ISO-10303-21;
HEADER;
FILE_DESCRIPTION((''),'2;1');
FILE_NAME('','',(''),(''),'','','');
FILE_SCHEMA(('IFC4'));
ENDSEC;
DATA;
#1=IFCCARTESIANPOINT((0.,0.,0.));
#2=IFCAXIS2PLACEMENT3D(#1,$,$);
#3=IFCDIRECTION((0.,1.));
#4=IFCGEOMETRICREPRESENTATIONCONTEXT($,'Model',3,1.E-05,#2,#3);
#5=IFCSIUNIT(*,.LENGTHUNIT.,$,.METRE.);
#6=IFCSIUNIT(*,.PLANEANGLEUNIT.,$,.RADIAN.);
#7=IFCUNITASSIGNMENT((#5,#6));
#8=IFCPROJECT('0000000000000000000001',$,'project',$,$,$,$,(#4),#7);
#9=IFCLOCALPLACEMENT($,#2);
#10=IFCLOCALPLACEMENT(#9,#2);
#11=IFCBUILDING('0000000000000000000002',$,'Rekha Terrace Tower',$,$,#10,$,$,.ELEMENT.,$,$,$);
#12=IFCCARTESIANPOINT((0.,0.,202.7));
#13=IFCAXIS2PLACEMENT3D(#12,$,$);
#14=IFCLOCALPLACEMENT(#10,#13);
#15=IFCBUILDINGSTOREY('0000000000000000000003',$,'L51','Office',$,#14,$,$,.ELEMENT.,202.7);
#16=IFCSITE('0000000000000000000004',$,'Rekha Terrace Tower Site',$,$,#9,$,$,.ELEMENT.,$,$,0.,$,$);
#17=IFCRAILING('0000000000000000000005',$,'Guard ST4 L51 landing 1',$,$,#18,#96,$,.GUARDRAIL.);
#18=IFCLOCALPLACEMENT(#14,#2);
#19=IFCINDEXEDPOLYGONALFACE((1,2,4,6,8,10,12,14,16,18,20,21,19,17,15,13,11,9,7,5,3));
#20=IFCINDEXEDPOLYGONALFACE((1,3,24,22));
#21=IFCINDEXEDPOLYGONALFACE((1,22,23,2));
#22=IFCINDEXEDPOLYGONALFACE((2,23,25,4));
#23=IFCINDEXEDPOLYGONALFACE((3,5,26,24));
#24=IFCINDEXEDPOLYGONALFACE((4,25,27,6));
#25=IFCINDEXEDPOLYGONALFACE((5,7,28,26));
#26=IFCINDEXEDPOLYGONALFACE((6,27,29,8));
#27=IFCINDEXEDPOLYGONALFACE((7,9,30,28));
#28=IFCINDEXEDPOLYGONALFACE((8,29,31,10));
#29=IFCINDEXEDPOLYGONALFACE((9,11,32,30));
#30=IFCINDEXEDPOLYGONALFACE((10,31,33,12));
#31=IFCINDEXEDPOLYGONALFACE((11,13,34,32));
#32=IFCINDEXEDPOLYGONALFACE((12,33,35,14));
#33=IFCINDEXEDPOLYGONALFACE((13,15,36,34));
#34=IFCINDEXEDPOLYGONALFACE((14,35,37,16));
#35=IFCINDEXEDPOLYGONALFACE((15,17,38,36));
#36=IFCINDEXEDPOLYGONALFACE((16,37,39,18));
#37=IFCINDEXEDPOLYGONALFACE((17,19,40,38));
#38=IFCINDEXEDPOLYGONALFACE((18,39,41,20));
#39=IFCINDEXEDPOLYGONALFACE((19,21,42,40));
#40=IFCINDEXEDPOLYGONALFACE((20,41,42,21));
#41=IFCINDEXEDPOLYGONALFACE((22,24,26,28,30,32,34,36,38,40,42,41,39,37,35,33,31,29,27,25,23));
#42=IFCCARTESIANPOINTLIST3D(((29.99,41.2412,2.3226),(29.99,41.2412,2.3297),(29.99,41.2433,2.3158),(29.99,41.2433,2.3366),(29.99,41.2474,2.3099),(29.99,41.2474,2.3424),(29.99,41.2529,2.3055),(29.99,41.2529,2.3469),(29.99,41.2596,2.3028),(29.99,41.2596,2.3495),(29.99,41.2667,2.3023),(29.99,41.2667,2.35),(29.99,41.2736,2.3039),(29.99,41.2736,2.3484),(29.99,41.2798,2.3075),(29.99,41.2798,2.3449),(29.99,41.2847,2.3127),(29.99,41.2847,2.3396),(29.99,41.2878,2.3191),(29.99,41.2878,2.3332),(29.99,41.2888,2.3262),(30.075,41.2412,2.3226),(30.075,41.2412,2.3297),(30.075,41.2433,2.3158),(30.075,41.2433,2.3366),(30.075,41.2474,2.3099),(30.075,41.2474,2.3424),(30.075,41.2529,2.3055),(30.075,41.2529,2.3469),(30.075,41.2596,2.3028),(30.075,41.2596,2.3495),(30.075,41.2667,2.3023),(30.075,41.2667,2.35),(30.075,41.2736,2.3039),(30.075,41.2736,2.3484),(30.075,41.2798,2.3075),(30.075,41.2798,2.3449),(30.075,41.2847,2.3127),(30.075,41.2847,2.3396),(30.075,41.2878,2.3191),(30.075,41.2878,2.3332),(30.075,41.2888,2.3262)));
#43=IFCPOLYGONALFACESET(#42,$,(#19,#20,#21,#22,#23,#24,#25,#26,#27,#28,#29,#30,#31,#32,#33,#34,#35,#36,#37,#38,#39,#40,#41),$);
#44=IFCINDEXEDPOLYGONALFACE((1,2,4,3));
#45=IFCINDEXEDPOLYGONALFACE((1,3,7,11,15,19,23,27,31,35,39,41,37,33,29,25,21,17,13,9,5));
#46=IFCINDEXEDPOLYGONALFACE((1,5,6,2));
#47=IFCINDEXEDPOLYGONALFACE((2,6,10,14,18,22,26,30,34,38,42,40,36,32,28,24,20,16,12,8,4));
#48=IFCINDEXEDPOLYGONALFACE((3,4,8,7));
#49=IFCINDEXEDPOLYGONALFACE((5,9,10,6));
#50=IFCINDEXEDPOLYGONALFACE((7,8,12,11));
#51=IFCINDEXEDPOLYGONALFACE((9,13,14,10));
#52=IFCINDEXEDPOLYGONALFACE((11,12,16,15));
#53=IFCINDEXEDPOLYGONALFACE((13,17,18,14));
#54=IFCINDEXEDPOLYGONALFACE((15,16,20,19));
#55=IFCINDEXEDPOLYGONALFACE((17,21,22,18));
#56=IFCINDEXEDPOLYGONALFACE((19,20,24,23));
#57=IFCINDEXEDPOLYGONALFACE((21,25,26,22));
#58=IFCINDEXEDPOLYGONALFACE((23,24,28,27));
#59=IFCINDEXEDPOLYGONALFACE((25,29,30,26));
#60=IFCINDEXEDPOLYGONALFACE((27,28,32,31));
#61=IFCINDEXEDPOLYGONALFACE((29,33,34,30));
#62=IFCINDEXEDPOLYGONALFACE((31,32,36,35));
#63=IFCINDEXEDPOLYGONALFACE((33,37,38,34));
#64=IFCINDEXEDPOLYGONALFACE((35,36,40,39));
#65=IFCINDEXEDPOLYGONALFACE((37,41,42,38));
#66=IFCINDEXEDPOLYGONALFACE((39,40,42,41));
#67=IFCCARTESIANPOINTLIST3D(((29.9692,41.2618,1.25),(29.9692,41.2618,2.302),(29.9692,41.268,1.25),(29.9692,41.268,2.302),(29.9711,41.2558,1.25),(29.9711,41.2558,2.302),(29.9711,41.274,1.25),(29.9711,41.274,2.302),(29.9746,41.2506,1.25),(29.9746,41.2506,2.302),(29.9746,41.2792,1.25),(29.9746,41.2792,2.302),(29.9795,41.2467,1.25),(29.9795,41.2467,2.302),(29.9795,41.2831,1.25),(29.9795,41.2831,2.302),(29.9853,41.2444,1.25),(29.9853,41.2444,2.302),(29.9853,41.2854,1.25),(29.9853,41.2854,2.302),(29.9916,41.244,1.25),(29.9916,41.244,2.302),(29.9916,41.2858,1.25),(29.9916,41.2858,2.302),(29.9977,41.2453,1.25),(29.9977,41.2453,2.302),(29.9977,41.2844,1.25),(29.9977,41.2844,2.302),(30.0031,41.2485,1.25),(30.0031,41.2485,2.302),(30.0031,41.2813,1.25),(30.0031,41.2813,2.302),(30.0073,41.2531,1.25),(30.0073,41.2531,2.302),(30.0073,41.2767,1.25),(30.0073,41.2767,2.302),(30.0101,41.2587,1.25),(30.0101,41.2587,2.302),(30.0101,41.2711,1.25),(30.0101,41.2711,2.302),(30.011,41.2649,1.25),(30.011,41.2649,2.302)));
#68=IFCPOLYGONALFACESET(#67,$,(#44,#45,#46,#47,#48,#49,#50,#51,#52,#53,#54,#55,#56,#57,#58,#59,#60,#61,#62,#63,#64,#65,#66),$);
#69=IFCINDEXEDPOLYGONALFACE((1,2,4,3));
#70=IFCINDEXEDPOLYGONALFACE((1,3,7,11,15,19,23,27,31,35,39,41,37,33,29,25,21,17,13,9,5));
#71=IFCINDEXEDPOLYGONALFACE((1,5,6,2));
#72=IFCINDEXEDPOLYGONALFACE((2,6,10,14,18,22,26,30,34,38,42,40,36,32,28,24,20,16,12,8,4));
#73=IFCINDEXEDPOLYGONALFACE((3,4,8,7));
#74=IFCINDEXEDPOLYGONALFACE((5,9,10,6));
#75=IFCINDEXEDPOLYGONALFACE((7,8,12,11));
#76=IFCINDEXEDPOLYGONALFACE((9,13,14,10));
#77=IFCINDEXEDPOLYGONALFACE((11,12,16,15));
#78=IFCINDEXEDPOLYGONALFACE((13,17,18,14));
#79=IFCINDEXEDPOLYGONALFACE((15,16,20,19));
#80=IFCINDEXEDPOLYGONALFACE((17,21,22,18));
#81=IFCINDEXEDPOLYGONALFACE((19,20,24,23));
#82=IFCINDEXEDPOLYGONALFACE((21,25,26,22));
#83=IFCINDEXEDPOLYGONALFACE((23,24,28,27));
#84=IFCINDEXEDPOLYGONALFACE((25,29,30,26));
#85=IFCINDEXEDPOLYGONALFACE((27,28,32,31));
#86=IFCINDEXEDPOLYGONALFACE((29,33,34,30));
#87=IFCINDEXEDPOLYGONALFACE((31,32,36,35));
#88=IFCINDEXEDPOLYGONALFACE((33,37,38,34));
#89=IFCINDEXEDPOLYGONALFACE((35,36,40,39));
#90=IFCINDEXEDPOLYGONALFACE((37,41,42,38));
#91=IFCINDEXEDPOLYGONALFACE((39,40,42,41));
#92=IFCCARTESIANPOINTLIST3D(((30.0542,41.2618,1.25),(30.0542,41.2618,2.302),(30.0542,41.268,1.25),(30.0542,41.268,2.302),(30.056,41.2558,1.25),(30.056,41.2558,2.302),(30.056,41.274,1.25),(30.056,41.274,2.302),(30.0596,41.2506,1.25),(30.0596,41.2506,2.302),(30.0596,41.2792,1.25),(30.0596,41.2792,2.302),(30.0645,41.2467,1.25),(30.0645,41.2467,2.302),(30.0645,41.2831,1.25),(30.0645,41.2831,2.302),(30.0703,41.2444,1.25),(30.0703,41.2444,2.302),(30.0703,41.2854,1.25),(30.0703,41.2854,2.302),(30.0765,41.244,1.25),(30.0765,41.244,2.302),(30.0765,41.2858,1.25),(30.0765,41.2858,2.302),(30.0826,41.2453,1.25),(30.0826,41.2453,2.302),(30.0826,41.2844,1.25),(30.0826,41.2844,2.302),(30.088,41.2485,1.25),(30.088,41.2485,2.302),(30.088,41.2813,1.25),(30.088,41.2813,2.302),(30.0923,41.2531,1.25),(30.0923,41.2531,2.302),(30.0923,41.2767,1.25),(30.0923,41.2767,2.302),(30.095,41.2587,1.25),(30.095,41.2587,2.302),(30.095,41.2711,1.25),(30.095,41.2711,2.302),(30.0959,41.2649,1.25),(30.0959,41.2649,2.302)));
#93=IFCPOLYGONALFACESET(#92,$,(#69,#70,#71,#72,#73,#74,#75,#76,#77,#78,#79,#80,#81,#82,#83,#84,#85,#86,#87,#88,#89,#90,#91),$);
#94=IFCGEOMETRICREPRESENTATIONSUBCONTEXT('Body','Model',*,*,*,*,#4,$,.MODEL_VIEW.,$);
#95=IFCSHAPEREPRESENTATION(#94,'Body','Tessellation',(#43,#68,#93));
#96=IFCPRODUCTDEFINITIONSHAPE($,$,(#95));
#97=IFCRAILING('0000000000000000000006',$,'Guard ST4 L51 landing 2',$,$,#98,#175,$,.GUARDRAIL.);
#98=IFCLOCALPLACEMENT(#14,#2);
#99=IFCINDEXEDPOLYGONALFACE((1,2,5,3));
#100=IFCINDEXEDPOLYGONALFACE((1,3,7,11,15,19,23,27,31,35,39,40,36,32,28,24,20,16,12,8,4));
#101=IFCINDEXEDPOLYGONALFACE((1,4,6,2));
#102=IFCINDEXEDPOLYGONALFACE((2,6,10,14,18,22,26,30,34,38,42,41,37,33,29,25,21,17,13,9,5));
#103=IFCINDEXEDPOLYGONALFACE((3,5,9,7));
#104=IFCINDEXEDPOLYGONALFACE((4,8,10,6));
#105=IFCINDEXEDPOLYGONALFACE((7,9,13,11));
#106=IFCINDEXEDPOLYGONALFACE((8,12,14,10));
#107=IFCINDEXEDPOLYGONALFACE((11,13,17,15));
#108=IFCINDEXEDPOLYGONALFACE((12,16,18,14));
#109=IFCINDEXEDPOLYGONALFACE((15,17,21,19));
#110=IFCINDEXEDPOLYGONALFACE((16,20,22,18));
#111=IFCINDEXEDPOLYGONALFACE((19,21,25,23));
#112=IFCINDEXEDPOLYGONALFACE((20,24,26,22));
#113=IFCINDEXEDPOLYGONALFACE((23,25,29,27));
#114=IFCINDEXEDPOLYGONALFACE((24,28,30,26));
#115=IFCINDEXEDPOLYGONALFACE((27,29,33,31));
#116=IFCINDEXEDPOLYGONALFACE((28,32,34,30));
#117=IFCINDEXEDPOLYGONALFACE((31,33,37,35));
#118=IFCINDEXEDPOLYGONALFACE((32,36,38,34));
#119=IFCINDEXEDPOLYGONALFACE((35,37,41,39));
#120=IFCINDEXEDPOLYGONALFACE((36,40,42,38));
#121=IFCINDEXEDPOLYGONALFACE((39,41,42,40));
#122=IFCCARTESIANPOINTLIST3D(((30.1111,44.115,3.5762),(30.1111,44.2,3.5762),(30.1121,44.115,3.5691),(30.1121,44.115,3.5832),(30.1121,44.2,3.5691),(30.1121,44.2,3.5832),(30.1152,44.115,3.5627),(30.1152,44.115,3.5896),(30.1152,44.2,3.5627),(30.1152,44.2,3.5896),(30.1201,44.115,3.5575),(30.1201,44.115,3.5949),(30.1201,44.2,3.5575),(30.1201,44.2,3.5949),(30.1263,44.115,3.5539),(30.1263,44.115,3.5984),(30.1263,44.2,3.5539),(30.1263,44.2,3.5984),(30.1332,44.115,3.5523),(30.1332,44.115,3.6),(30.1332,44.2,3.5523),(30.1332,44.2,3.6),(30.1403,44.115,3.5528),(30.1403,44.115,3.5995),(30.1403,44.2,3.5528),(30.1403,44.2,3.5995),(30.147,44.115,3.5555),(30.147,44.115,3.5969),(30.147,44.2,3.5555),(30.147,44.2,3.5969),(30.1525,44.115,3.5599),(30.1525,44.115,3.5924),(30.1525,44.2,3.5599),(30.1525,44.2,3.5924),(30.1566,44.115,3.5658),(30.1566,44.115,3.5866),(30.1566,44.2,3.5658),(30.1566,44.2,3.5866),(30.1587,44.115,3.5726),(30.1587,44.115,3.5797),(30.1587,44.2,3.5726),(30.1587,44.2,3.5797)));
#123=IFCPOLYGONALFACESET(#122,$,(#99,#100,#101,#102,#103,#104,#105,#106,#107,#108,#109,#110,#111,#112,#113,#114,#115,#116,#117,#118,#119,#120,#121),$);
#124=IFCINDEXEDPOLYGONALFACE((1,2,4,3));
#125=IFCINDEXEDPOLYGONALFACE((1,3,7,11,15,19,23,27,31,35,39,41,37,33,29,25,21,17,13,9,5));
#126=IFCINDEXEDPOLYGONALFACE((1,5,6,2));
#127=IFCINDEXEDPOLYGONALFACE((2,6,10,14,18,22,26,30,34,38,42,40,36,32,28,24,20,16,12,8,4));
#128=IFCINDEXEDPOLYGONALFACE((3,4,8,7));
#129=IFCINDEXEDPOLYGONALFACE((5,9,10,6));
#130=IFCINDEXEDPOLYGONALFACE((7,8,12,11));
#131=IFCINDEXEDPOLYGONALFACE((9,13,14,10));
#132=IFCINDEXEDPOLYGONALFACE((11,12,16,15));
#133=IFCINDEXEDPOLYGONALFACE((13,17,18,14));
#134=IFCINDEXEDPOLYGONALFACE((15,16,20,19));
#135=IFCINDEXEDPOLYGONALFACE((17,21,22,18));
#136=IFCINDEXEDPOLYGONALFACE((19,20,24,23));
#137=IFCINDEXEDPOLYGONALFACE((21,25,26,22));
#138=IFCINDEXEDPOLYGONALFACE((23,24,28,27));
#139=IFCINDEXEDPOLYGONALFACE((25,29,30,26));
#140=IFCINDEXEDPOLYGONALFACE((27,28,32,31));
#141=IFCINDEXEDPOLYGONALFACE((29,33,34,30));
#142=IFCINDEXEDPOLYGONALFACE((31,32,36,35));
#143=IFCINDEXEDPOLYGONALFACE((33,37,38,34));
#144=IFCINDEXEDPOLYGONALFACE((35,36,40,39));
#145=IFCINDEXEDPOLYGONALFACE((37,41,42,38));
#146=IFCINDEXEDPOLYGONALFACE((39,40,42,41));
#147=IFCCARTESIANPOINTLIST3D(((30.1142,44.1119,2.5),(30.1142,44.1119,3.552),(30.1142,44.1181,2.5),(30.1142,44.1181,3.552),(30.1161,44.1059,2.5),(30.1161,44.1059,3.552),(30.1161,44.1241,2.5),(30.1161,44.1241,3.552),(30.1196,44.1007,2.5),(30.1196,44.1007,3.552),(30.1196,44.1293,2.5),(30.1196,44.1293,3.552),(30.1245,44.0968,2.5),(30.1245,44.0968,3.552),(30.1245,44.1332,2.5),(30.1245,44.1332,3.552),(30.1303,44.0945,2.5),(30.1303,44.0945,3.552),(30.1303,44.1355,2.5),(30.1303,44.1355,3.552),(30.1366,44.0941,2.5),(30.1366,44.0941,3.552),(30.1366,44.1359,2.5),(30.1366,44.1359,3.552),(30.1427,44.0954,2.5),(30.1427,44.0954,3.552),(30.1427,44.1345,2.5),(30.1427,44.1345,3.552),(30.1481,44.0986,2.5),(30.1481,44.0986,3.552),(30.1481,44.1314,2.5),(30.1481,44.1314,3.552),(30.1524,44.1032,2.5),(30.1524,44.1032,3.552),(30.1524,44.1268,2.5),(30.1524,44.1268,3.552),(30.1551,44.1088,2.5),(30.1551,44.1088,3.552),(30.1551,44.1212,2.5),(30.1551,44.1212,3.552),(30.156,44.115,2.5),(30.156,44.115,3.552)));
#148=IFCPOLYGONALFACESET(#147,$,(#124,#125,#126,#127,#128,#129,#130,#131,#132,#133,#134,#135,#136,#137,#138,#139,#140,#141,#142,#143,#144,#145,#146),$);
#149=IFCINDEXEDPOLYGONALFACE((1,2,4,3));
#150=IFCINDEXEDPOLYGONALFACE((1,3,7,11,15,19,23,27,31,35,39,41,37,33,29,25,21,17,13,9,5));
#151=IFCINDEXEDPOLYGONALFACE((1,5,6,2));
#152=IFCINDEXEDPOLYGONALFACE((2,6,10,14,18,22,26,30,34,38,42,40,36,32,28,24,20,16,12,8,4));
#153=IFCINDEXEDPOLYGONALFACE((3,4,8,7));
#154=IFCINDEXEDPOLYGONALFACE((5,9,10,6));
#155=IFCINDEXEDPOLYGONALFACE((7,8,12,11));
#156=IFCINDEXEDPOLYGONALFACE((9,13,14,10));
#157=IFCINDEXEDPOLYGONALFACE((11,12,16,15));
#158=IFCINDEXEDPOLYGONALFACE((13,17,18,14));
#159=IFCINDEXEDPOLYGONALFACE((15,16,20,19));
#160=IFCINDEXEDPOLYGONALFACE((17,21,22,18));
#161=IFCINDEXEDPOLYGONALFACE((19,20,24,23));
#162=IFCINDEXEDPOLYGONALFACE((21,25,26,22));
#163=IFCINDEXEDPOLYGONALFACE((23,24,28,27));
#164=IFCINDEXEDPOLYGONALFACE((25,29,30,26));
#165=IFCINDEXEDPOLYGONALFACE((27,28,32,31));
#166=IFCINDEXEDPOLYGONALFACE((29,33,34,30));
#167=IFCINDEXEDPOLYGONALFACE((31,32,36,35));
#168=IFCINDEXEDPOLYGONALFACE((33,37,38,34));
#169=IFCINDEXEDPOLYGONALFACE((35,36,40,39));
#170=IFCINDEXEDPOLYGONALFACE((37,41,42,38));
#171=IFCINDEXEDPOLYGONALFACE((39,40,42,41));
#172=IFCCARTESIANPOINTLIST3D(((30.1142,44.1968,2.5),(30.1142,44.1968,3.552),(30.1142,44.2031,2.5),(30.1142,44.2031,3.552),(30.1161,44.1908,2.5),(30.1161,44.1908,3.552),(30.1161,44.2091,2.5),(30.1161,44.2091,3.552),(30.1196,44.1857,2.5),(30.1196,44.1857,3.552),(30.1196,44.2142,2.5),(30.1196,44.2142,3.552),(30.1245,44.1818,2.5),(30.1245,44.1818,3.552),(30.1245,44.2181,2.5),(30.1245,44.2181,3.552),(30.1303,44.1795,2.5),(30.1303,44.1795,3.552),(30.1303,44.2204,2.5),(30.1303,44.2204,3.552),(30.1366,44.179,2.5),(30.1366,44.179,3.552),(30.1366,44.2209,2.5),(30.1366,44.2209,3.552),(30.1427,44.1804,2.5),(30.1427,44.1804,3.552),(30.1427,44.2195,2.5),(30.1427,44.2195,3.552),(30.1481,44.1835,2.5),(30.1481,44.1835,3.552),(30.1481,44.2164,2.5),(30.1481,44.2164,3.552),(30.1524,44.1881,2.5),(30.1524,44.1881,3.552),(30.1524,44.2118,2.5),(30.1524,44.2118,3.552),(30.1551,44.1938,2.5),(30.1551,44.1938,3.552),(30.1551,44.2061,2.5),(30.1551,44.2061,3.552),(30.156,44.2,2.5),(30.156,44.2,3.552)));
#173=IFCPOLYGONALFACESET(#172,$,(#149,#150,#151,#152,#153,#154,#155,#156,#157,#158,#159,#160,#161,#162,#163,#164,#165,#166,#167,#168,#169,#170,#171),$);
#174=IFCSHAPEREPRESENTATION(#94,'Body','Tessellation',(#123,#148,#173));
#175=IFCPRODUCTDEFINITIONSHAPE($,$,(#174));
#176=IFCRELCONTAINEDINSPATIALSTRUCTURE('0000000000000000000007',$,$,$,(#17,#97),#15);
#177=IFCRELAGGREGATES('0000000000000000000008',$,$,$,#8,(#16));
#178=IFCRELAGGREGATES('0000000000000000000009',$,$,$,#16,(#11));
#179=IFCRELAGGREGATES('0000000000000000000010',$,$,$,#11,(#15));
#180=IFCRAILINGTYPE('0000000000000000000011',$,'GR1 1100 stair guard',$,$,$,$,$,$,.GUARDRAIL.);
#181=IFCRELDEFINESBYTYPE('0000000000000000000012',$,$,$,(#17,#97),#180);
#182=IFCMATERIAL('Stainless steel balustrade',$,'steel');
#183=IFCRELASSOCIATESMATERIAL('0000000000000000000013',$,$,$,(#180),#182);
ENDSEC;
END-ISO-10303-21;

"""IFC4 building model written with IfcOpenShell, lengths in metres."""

from ifc_helpers import new_model, si_unit, direction, frame, origin, origin_2d, place, context, subcontext, project, spatial, circle, extrude, material, type_object, element, save


model = new_model("IFC4")

# Units and contexts
model_context = context("Model", 3, precision=1e-05, world=origin(), true_north=direction((0.0, 1.0)))
body_context = subcontext(model_context, "Body", "Model", "MODEL_VIEW")
ifc_project = project(units=[si_unit("LENGTHUNIT", "METRE"), si_unit("PLANEANGLEUNIT", "RADIAN")], contexts=[model_context])

# Site, building, storey
site_placement = place(None, origin())
site = spatial("IfcSite", under=ifc_project, at=site_placement, Name="Rekha Terrace Tower Site", CompositionType="ELEMENT", RefElevation=0.0)
building_placement = place(site_placement, origin())
building = spatial("IfcBuilding", under=site, at=building_placement, Name="Rekha Terrace Tower", CompositionType="ELEMENT")
storey_placement = place(building_placement, frame((0.0, 0.0, 202.7)))
storey = spatial("IfcBuildingStorey", under=building, at=storey_placement, Name="L51", Description="Office", CompositionType="ELEMENT", Elevation=202.7)

# Railings
ifc_material_1 = material(Name="Stainless steel balustrade", Category="steel")
railing_type_1 = type_object("IfcRailingType", Name="GR1 1100 stair guard", PredefinedType="GUARDRAIL", material=ifc_material_1)
railing_1_placement = place(storey_placement, frame((29.99, 41.2649, 1.25)))
element("IfcRailing", 1, at=railing_1_placement, inside=storey, type_object=railing_type_1, Name="Guard ST4 L51 landing 1", PredefinedType="GUARDRAIL", context=body_context, shape_type="SweptSolid", body=[
    extrude(circle(Radius=0.0239, at=origin_2d()), frame((0.0, 0.0, 1.0762), z_axis=(1.0, 0.0, 0.0), x_axis=(0.0, 1.0, 0.0)), (0.0, 0.0, 1.0), 0.085),
    extrude(circle(Radius=0.021, at=origin_2d()), origin(), (0.0, 0.0, 1.0), 1.052),
    extrude(circle(Radius=0.021, at=origin_2d()), frame((0.085, 0.0, 0.0)), (0.0, 0.0, 1.0), 1.052),
])
railing_2_placement = place(storey_placement, frame((30.135, 44.115, 2.5)))
element("IfcRailing", 2, at=railing_2_placement, inside=storey, type_object=railing_type_1, Name="Guard ST4 L51 landing 2", PredefinedType="GUARDRAIL", context=body_context, shape_type="SweptSolid", body=[
    extrude(circle(Radius=0.0239, at=origin_2d()), frame((0.0, 0.0, 1.0762), z_axis=(0.0, 1.0, 0.0), x_axis=(-1.0, 0.0, 0.0)), (0.0, 0.0, 1.0), 0.085),
    extrude(circle(Radius=0.021, at=origin_2d()), origin(), (0.0, 0.0, 1.0), 1.052),
    extrude(circle(Radius=0.021, at=origin_2d()), frame((0.0, 0.085, 0.0)), (0.0, 0.0, 1.0), 1.052),
])

save(model, "model.ifc")
